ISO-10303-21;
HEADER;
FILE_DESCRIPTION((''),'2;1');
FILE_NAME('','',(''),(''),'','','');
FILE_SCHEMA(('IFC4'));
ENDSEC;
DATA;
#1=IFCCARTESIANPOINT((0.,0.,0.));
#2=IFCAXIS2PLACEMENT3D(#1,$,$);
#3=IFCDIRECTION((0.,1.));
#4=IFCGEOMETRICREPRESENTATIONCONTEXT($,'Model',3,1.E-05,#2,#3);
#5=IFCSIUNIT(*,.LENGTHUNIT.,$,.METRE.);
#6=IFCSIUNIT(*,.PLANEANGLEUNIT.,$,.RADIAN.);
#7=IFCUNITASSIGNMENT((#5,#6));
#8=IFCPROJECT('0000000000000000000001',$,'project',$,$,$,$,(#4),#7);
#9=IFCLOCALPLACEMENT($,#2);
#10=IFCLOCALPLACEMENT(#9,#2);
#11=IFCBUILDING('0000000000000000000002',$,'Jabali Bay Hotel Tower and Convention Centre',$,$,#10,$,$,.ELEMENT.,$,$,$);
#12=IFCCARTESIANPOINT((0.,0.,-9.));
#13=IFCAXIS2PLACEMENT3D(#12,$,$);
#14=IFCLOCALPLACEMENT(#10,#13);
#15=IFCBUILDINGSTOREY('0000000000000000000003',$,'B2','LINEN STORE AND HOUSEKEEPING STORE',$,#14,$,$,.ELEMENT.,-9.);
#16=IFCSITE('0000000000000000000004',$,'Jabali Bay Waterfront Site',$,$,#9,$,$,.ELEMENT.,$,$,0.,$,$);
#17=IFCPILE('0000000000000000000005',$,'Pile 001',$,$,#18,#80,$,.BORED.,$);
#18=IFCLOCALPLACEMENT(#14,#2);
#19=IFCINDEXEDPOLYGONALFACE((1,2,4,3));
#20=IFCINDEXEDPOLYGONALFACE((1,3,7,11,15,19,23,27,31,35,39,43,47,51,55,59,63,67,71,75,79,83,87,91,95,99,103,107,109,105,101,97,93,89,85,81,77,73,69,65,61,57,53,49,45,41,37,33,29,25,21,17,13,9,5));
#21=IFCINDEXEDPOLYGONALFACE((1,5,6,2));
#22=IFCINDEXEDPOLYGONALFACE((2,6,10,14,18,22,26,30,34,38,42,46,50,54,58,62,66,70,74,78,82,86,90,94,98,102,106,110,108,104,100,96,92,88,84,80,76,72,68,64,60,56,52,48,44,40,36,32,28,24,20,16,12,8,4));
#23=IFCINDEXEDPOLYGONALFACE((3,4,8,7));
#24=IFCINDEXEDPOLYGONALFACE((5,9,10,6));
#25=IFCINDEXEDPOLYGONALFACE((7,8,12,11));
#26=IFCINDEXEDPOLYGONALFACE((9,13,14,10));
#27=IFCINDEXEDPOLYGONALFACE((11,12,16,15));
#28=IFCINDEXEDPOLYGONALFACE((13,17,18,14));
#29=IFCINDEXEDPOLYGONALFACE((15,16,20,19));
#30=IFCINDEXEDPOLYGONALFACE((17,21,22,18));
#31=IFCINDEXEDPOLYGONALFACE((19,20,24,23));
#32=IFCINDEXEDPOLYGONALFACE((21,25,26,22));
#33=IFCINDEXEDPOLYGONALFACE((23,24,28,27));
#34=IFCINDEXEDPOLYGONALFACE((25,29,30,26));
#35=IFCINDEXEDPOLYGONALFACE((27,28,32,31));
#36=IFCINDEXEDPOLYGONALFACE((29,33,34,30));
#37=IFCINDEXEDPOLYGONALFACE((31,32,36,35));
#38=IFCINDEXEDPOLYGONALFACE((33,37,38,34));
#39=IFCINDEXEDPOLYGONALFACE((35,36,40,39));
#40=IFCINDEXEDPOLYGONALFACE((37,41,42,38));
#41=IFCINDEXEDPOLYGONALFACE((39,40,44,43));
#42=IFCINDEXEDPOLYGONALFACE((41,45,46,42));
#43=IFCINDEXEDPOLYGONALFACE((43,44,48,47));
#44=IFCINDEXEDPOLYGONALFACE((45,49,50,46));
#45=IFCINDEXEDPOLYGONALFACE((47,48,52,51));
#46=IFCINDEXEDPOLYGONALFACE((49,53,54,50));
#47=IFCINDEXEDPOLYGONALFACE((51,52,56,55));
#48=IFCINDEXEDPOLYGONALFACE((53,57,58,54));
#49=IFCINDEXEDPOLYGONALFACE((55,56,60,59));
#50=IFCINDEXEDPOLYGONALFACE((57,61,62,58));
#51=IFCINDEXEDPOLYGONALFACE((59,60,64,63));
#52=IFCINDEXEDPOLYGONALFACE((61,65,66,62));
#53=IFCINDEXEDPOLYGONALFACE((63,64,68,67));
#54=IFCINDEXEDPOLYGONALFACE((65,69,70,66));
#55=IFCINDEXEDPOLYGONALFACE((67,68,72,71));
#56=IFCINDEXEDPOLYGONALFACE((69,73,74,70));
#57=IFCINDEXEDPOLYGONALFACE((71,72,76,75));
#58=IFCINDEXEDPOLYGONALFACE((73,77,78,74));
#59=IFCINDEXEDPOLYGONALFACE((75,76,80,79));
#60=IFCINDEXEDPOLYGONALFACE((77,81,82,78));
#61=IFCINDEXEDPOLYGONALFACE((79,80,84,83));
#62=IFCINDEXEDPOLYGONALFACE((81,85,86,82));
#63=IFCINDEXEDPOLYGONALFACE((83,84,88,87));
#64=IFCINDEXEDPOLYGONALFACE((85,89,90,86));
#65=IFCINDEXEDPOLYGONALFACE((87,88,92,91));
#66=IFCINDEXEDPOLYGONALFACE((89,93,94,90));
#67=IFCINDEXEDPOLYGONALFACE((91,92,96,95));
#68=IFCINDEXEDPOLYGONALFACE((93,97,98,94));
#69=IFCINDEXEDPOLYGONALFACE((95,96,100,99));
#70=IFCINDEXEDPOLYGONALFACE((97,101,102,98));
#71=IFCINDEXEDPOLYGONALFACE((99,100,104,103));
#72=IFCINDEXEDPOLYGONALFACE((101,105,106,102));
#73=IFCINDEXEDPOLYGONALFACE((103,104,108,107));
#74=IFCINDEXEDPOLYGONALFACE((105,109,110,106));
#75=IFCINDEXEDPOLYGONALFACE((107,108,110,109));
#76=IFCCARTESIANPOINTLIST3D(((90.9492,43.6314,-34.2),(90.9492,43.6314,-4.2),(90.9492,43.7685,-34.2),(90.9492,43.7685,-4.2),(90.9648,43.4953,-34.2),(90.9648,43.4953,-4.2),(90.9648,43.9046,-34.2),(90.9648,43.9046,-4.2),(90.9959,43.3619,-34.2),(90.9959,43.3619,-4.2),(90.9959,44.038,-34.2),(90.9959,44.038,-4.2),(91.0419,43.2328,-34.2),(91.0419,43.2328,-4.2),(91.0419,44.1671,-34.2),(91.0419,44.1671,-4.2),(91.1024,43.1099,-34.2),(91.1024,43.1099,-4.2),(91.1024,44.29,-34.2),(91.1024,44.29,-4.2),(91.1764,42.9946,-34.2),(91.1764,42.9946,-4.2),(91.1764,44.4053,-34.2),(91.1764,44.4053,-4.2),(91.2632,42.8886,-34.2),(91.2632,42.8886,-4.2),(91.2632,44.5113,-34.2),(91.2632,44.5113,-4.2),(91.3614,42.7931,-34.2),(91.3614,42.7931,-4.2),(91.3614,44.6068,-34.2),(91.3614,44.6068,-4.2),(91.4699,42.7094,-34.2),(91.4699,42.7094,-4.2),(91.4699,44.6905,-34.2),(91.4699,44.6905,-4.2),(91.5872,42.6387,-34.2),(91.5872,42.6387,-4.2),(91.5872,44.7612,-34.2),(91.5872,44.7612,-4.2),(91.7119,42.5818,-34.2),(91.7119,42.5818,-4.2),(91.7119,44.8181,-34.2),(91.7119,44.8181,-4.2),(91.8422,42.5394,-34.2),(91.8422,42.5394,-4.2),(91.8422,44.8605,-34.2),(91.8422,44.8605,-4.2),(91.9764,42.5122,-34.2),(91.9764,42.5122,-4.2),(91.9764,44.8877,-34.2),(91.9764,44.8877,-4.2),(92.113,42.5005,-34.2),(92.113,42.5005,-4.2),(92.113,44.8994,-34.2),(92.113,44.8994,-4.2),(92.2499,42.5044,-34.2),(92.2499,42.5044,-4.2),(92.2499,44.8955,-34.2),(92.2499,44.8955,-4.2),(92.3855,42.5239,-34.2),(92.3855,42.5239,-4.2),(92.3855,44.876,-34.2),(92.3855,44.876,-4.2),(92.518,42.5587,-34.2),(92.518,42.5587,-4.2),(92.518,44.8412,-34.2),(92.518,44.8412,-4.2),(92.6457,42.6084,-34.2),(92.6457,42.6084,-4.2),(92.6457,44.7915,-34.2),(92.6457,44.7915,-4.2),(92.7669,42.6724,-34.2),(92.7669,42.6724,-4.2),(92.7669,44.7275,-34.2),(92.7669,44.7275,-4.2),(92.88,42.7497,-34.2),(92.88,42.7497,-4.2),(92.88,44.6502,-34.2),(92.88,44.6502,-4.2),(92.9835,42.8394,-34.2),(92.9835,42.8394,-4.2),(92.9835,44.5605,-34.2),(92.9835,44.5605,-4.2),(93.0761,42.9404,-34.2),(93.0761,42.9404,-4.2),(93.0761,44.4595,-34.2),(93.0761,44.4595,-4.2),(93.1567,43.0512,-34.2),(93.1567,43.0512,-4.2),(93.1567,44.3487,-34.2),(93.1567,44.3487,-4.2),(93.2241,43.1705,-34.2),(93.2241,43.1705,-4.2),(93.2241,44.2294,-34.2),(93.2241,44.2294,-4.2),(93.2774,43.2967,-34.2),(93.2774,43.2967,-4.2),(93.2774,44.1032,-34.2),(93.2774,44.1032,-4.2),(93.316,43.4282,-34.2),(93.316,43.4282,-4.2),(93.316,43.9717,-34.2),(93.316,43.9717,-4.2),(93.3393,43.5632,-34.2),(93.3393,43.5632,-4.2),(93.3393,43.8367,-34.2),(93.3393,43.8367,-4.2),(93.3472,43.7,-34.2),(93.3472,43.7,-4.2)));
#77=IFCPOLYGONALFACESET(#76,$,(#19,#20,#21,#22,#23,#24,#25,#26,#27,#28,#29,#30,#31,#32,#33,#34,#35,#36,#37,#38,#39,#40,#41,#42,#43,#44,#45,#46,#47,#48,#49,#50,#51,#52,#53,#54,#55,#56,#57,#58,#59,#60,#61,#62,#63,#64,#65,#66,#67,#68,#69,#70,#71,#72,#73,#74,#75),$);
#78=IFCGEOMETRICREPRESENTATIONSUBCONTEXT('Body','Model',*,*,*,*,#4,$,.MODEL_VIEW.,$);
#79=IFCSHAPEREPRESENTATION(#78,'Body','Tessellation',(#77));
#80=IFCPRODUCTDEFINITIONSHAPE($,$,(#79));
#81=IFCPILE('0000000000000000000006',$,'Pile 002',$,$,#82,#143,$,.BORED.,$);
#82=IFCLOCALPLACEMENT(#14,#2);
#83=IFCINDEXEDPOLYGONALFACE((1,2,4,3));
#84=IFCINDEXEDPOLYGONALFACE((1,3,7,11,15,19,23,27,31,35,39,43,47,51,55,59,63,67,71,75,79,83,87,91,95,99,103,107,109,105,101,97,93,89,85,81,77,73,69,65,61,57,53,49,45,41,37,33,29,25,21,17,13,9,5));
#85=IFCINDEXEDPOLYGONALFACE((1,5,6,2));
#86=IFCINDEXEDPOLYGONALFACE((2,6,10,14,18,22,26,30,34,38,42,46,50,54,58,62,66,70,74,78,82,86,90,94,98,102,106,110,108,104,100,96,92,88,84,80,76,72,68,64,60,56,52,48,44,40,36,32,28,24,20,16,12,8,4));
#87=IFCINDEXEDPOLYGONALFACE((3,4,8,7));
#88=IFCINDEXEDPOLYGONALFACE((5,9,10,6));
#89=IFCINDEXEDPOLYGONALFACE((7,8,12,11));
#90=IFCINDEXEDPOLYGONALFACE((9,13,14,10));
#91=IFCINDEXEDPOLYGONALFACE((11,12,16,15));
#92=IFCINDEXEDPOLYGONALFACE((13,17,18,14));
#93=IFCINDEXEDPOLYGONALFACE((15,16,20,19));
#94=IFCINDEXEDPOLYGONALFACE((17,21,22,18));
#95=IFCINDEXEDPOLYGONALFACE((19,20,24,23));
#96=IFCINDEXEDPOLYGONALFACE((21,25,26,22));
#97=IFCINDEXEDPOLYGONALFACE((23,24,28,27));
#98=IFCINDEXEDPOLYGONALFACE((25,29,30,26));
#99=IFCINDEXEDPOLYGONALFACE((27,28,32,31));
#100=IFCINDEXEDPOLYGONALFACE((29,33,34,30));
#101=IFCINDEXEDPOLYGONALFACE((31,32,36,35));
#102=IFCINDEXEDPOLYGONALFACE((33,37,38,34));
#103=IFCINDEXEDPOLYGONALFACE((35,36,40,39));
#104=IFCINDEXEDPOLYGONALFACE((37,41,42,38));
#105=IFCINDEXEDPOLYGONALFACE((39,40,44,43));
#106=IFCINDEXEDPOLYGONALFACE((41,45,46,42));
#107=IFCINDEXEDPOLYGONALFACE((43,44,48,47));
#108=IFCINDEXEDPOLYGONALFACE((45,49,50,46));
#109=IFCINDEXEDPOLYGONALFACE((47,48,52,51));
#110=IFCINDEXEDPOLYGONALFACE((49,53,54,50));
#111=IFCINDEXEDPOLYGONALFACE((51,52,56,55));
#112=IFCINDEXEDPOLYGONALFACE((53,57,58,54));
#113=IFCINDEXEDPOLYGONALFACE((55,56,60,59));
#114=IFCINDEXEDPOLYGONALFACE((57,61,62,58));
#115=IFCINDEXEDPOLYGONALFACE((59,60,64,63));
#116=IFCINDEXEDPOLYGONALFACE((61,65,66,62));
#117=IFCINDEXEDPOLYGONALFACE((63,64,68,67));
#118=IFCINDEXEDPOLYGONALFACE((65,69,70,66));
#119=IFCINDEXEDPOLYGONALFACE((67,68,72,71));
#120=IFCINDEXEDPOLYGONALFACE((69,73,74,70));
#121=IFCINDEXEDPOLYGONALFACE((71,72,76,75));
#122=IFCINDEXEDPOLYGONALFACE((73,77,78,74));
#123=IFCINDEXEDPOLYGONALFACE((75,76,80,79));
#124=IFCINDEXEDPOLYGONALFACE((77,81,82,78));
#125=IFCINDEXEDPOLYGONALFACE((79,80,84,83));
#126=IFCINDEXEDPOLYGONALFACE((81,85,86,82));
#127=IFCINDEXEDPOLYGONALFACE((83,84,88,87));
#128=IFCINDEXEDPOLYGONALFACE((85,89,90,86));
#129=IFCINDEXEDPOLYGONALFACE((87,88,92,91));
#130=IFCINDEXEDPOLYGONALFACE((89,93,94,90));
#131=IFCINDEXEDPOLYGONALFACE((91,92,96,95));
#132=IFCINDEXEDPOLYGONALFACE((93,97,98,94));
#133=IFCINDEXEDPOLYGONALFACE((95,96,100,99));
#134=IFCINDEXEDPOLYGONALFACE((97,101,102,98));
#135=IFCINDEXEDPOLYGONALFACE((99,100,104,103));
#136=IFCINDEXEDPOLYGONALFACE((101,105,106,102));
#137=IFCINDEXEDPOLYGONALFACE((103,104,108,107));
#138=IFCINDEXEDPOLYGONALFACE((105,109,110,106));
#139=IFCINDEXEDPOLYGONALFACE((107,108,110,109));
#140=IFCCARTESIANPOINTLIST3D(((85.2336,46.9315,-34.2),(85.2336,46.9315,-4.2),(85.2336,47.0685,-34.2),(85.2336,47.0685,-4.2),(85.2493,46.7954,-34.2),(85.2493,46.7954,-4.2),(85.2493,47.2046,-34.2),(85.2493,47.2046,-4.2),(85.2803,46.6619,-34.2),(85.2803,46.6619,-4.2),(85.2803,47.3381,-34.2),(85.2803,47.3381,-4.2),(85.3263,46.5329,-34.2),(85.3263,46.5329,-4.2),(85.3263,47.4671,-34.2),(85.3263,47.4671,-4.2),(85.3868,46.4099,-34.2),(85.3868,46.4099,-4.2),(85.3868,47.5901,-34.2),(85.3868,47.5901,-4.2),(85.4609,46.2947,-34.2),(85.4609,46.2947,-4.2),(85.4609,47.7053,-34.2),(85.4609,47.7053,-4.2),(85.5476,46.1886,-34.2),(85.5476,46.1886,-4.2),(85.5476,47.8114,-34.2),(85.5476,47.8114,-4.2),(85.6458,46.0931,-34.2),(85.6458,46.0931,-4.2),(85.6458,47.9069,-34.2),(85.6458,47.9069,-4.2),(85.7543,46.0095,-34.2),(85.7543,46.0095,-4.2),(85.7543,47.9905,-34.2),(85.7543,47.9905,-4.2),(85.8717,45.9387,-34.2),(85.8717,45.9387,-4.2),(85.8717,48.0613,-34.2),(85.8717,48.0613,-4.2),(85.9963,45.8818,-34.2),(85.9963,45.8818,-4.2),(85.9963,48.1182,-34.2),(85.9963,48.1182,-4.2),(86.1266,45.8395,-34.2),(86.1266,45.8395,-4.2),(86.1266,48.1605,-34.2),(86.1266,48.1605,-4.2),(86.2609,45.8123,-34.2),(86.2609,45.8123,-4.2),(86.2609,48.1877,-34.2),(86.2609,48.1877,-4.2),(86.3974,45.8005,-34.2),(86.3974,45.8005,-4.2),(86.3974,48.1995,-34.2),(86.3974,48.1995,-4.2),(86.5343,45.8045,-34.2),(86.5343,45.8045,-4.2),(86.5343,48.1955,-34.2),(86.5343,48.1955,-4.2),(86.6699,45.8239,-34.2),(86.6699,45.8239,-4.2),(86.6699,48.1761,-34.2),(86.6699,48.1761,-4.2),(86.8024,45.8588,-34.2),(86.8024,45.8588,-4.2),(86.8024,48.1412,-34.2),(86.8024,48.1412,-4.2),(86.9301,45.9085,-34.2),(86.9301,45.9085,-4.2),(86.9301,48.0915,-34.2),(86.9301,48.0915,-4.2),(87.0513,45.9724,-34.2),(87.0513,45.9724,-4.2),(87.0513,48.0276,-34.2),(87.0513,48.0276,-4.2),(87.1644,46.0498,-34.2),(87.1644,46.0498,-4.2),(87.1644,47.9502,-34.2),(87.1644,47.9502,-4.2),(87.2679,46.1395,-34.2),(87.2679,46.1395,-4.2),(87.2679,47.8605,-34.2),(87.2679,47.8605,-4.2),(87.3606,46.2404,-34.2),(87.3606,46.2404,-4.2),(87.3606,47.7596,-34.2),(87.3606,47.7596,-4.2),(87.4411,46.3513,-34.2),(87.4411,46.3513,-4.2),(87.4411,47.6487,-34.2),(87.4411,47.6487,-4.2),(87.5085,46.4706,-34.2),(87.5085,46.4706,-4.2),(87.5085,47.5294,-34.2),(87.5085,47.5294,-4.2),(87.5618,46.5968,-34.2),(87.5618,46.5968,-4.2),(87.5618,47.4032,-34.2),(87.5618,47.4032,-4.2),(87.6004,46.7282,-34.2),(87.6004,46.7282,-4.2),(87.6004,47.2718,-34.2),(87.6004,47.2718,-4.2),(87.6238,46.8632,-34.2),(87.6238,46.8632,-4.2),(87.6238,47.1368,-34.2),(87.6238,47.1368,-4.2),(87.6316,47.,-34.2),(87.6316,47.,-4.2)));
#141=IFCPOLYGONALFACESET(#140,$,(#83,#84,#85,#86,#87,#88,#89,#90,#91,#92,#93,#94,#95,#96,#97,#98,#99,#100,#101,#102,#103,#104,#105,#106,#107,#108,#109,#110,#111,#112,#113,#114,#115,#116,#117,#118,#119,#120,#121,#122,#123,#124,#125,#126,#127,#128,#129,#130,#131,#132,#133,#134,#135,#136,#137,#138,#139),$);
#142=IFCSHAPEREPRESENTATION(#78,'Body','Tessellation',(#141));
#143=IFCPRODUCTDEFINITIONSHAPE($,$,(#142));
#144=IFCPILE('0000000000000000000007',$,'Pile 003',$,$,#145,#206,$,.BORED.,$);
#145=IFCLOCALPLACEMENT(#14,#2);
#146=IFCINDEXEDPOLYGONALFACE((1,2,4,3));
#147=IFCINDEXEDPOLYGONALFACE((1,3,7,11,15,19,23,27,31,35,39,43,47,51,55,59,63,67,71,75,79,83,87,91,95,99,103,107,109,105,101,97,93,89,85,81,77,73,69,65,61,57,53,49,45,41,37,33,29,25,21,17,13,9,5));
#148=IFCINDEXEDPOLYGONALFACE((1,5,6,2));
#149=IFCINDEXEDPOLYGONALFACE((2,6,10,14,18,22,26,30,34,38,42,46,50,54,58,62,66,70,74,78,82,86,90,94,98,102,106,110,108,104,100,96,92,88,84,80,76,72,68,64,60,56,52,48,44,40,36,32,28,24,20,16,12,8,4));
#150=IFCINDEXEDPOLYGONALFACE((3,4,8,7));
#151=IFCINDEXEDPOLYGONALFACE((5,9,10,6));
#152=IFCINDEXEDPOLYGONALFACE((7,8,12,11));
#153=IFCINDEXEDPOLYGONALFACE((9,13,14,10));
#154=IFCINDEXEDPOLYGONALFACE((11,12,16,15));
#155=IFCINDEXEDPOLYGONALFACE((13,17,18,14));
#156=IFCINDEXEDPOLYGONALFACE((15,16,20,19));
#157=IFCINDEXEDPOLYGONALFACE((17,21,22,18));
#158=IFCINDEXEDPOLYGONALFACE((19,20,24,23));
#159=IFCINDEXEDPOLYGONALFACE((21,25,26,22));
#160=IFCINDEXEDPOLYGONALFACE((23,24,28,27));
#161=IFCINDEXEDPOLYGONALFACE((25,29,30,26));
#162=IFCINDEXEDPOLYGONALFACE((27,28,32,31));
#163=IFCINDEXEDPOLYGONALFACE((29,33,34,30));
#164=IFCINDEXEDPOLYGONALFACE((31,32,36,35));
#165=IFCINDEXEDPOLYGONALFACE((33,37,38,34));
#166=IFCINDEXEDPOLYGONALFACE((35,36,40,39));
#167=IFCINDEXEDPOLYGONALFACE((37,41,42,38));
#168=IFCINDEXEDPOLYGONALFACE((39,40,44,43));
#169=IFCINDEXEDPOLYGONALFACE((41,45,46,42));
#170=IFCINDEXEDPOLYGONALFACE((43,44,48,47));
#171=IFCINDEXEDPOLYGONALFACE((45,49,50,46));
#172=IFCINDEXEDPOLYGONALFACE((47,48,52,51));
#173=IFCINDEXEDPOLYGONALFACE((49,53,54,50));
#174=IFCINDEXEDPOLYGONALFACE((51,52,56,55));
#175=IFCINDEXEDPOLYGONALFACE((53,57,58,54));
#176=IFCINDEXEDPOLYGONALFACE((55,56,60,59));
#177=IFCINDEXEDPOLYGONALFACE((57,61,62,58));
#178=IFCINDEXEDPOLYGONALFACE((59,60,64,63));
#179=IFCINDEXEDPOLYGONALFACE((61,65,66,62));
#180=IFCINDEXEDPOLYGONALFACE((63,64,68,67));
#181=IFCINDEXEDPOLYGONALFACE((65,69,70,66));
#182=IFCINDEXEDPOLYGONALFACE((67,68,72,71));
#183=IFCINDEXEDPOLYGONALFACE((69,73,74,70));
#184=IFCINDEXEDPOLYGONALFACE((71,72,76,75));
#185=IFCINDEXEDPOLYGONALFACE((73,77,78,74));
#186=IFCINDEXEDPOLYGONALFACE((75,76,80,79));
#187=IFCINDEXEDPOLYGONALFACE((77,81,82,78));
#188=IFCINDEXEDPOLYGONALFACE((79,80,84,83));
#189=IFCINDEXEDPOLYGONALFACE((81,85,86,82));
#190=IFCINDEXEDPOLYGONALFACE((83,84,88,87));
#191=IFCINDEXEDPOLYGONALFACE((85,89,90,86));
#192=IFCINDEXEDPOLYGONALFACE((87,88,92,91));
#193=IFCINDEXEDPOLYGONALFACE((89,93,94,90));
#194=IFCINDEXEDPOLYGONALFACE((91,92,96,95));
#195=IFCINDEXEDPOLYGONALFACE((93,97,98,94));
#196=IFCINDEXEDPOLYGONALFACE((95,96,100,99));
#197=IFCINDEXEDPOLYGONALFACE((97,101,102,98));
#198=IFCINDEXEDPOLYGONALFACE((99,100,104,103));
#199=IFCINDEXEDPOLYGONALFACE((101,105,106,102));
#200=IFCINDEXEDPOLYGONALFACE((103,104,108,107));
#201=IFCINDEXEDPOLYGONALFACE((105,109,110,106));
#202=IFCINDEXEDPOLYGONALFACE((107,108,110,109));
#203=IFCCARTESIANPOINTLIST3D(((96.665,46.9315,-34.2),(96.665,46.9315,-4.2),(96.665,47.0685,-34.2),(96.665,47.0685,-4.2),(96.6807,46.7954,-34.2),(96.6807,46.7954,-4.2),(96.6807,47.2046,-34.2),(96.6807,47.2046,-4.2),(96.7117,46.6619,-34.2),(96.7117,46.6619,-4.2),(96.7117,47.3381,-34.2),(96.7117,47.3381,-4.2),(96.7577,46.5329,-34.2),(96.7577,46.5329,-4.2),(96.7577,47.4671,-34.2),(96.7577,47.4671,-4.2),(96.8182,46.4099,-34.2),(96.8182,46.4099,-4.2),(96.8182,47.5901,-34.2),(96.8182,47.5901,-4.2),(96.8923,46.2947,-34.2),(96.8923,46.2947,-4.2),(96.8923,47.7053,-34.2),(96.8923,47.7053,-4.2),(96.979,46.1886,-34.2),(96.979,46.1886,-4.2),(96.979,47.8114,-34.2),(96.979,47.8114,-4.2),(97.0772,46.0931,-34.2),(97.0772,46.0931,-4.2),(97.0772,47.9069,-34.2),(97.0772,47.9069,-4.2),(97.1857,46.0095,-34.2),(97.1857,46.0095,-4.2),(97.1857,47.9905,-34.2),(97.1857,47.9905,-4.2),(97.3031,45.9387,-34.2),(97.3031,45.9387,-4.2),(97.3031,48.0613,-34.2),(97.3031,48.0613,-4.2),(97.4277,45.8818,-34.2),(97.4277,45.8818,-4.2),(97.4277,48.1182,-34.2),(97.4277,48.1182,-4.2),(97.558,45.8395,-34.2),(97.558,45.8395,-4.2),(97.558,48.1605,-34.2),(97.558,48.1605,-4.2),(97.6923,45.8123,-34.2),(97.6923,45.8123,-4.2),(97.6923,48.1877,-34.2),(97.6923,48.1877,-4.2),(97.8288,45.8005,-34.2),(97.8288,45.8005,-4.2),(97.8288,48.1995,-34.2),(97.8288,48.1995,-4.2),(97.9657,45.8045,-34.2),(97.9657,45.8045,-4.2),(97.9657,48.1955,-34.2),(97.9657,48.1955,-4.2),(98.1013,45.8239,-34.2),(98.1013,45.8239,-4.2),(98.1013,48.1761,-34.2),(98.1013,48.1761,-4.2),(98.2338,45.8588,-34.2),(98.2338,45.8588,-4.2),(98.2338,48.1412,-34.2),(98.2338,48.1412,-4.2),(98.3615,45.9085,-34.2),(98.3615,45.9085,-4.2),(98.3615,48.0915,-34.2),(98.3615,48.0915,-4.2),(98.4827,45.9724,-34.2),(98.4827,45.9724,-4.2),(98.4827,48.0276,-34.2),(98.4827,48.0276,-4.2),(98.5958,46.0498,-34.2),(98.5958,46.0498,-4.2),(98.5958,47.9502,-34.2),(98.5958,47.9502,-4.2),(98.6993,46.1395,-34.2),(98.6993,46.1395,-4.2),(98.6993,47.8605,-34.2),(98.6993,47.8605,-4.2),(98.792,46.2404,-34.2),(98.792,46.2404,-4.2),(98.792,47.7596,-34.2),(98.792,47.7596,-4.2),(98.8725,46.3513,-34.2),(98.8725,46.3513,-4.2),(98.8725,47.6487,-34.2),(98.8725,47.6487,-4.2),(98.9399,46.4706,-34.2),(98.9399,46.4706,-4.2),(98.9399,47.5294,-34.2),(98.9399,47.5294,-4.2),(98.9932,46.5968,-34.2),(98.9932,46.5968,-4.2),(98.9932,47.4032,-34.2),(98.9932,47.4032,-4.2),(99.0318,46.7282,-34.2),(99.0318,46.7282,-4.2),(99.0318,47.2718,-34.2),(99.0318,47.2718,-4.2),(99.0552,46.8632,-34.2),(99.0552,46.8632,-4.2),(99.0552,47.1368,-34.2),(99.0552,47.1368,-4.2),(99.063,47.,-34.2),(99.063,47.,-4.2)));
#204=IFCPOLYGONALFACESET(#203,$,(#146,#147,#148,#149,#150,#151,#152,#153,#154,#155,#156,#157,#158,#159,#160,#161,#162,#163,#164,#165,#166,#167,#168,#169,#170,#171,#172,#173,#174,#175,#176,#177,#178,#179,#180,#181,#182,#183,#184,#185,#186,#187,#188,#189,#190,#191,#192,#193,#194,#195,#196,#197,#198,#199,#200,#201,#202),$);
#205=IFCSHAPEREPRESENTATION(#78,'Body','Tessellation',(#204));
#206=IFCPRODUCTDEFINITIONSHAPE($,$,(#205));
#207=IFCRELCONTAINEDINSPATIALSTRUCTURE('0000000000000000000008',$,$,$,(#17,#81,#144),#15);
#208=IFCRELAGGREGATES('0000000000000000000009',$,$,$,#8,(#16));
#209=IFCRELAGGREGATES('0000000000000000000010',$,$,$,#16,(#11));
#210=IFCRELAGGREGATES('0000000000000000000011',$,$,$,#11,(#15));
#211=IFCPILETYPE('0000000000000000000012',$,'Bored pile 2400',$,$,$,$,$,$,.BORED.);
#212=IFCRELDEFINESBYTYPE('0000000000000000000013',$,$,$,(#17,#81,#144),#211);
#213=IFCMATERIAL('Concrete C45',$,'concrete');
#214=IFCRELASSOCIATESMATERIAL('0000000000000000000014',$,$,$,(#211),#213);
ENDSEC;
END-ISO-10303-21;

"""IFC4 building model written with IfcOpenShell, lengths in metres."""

from ifc_helpers import new_model, si_unit, direction, frame, origin, origin_2d, place, context, subcontext, project, spatial, circle, extrude, material, material_profile, profile_set, type_object, element, save


model = new_model("IFC4")

# Units and contexts
model_context = context("Model", 3, precision=1e-05, world=origin(), true_north=direction((0.0, 1.0)))
body_context = subcontext(model_context, "Body", "Model", "MODEL_VIEW")
ifc_project = project(units=[si_unit("LENGTHUNIT", "METRE"), si_unit("PLANEANGLEUNIT", "RADIAN")], contexts=[model_context])

# Site, building, storey
site_placement = place(None, origin())
site = spatial("IfcSite", under=ifc_project, at=site_placement, Name="Jabali Bay Waterfront Site", CompositionType="ELEMENT", RefElevation=0.0)
building_placement = place(site_placement, origin())
building = spatial("IfcBuilding", under=site, at=building_placement, Name="Jabali Bay Hotel Tower and Convention Centre", CompositionType="ELEMENT")
storey_placement = place(building_placement, frame((0.0, 0.0, -9.0)))
storey = spatial("IfcBuildingStorey", under=building, at=storey_placement, Name="B2", Description="LINEN STORE AND HOUSEKEEPING STORE", CompositionType="ELEMENT", Elevation=-9.0)

# Piles
ifc_material_1 = material(Name="Concrete C45", Category="concrete")
ifc_material_profile_1 = material_profile(ifc_material_1, circle(Radius=1.2, at=origin_2d()), Name="Bored pile 2400")
ifc_profile_set_1 = profile_set([ifc_material_profile_1], Name="Concrete C45")
pile_type = type_object("IfcPileType", Name="Bored pile 2400", PredefinedType="BORED", material=ifc_profile_set_1)
for number, where, z_axis, x_axis, name in (
    (1, (92.1472, 43.7, -4.2), (0.0, 0.0, -1.0), (1.0, 0.0, 0.0), "Pile 001"),
    (2, (86.4316, 47.0, -4.2), (0.0, 0.0, -1.0), (1.0, 0.0, 0.0), "Pile 002"),
    (3, (97.863, 47.0, -4.2), (0.0, 0.0, -1.0), (1.0, 0.0, 0.0), "Pile 003"),
):
    element("IfcPile", number, at=place(storey_placement, frame(where, z_axis=z_axis, x_axis=x_axis)), inside=storey, type_object=pile_type, Name=name, PredefinedType="BORED", context=body_context, shape_type="SweptSolid", body=[
        extrude(circle(Radius=1.2, at=origin_2d()), origin(), (0.0, 0.0, 1.0), 30.0),
    ])

save(model, "model.ifc")
